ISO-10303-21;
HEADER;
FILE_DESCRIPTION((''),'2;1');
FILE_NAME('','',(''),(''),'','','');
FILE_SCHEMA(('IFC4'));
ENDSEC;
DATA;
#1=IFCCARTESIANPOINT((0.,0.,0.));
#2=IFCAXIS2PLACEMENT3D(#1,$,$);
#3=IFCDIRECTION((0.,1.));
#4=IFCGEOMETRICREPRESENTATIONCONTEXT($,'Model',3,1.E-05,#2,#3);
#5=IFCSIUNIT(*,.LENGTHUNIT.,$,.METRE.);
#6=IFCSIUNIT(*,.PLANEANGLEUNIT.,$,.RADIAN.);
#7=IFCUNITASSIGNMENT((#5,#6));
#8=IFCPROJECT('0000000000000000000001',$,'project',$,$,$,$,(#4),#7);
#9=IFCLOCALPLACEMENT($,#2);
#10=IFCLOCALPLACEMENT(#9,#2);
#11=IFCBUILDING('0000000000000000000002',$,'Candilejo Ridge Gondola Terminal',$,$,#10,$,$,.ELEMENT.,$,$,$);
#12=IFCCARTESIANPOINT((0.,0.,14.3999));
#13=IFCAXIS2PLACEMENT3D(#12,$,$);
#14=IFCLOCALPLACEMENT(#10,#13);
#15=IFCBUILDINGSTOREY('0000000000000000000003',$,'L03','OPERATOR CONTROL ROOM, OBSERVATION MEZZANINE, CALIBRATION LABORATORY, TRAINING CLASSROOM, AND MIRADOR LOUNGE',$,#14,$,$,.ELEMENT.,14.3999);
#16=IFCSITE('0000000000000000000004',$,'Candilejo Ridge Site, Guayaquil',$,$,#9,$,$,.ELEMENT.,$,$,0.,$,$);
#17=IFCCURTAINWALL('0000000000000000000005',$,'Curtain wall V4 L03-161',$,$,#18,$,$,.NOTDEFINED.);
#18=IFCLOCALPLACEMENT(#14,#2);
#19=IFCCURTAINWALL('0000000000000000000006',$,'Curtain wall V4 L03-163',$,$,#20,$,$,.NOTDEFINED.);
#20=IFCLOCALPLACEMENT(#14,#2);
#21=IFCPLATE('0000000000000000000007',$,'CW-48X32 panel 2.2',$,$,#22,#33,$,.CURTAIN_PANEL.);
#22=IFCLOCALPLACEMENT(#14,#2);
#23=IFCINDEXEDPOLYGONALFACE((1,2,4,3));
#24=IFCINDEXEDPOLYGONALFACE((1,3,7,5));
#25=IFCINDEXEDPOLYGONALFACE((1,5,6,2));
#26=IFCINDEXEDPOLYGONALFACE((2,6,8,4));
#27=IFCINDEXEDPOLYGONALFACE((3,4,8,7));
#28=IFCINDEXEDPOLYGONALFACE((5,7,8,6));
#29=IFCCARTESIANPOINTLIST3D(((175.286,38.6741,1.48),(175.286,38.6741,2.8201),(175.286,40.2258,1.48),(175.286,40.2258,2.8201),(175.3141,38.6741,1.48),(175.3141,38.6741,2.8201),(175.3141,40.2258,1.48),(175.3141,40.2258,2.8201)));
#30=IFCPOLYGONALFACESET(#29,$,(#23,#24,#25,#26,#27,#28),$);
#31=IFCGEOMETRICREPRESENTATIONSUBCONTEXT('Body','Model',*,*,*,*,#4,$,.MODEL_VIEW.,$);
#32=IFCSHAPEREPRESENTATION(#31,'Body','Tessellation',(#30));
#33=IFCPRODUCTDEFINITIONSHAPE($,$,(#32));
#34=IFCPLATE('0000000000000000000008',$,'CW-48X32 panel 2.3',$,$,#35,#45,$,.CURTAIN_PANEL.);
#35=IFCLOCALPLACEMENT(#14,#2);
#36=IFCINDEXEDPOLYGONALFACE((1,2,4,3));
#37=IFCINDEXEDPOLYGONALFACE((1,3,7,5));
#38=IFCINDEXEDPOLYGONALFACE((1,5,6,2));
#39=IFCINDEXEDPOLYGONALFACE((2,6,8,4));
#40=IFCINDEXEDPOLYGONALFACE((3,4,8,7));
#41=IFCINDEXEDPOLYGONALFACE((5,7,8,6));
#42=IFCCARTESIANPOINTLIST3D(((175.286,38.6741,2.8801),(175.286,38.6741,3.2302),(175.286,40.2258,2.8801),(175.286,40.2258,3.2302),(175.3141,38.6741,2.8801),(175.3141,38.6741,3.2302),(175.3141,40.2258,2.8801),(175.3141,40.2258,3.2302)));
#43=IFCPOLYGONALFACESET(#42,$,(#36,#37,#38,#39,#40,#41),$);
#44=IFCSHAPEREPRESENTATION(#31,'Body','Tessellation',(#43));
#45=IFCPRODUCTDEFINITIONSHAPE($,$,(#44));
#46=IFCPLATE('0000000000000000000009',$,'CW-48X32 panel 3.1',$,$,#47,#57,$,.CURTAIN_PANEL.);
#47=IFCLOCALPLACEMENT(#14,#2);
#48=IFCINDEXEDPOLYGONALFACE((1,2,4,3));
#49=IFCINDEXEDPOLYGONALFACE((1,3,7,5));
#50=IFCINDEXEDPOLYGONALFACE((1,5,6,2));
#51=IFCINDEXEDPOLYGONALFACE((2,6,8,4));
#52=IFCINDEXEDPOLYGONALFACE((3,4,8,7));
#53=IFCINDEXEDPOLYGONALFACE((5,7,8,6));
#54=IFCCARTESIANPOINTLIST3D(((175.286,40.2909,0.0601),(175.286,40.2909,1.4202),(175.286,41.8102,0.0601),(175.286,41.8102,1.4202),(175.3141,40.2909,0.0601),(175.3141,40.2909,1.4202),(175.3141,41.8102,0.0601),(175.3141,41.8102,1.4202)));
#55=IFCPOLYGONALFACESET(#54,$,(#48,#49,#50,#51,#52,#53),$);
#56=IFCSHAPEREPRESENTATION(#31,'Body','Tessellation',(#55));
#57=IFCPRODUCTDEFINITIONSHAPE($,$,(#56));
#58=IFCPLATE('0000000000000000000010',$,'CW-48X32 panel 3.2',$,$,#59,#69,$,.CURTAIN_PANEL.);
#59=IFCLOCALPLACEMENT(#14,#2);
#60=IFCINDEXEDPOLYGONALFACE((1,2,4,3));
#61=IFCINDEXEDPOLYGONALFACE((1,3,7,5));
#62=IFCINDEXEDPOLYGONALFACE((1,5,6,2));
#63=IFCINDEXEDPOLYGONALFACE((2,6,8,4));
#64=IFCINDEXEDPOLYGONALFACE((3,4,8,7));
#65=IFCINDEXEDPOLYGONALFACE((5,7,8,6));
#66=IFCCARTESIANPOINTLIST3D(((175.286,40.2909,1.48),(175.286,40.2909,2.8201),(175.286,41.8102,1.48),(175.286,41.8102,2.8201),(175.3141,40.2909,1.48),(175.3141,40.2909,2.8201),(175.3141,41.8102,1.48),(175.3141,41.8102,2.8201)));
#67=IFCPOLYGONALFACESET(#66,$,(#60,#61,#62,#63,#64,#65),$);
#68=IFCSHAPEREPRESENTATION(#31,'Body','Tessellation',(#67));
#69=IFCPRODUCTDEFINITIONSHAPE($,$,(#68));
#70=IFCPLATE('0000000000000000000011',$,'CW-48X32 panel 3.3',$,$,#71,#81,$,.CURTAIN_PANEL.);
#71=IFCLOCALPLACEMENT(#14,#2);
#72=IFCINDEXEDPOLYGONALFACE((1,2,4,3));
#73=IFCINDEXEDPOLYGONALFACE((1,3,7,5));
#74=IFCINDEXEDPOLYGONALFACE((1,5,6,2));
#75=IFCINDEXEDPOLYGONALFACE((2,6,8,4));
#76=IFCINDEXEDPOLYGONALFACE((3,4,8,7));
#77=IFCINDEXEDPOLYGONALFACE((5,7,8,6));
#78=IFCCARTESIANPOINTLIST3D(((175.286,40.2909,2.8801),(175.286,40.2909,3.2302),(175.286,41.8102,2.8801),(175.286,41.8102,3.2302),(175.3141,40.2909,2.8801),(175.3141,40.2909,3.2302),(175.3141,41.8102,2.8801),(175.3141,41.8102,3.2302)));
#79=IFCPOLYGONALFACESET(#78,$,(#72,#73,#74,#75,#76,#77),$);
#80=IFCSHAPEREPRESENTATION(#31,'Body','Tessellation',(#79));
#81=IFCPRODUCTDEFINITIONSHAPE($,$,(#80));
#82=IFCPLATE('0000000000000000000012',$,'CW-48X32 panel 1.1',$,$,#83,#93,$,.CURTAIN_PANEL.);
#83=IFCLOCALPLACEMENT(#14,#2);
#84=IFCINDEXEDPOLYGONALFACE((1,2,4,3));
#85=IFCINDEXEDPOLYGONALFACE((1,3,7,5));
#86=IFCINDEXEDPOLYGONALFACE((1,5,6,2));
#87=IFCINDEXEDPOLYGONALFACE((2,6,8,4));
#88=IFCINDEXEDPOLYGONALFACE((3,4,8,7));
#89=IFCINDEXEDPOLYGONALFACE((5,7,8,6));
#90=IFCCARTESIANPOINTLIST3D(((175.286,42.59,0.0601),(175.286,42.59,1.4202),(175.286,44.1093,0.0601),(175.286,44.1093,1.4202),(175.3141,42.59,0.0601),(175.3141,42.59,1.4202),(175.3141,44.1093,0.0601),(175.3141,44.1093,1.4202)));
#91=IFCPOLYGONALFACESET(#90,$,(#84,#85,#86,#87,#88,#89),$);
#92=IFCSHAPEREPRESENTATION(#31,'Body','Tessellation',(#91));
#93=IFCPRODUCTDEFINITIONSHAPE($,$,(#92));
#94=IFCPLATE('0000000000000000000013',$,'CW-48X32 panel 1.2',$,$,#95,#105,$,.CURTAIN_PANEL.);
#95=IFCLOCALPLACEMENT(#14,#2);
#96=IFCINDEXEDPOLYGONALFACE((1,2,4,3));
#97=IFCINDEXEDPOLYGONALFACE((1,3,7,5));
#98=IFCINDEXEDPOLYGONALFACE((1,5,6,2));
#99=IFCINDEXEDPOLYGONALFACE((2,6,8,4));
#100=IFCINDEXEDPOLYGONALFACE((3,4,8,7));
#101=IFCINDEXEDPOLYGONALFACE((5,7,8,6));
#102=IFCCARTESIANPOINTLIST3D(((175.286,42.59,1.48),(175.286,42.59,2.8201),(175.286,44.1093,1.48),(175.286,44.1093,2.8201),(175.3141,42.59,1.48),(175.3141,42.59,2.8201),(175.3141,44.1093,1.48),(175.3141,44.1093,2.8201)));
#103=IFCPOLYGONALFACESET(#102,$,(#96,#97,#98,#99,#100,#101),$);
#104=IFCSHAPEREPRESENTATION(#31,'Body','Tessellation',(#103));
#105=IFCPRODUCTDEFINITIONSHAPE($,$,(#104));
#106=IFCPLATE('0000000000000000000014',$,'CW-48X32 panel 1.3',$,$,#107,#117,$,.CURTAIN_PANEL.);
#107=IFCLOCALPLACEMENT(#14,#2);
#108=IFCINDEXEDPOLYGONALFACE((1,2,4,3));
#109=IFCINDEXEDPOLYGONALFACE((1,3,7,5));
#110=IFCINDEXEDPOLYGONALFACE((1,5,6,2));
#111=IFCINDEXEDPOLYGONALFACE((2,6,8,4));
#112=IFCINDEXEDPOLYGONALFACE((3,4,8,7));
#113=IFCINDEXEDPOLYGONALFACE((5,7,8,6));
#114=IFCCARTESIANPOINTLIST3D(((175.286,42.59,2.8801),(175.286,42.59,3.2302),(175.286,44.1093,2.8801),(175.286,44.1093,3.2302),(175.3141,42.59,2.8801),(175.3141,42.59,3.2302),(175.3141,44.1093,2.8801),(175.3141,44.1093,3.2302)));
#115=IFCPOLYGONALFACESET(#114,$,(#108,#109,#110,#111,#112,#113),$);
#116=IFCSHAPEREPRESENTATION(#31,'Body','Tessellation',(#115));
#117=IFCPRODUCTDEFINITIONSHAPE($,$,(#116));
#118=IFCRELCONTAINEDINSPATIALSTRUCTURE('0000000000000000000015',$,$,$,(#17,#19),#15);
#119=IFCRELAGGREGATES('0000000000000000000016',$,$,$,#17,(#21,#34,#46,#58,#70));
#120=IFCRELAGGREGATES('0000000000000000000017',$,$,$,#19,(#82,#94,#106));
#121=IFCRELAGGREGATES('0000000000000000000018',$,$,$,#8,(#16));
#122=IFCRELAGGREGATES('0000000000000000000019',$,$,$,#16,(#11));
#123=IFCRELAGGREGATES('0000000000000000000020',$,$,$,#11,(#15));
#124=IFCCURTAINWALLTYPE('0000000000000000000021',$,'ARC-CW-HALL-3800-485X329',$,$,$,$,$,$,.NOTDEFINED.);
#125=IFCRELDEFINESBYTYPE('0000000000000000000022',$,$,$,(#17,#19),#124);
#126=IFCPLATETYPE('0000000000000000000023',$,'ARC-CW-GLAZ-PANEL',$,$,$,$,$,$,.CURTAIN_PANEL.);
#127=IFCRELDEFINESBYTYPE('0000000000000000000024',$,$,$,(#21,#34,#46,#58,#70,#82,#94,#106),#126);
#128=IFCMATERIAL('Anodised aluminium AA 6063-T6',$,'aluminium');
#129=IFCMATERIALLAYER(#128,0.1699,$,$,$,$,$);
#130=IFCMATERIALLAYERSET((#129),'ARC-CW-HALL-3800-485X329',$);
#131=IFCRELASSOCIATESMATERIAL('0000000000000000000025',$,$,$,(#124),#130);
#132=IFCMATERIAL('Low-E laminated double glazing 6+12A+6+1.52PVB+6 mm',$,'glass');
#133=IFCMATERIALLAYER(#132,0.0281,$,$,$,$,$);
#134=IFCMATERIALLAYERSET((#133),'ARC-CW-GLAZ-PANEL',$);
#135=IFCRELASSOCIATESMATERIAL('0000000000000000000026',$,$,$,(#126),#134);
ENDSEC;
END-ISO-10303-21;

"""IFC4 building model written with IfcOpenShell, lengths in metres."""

from ifc_helpers import new_model, si_unit, direction, frame, origin, origin_2d, place, context, subcontext, project, spatial, rectangle, extrude, material, layer, layer_set, type_object, element, aggregate, save


model = new_model("IFC4")

# Units and contexts
model_context = context("Model", 3, precision=1e-05, world=origin(), true_north=direction((0.0, 1.0)))
body_context = subcontext(model_context, "Body", "Model", "MODEL_VIEW")
ifc_project = project(units=[si_unit("LENGTHUNIT", "METRE"), si_unit("PLANEANGLEUNIT", "RADIAN")], contexts=[model_context])

# Site, building, storey
site_placement = place(None, origin())
site = spatial("IfcSite", under=ifc_project, at=site_placement, Name="Candilejo Ridge Site, Guayaquil", CompositionType="ELEMENT", RefElevation=0.0)
building_placement = place(site_placement, origin())
building = spatial("IfcBuilding", under=site, at=building_placement, Name="Candilejo Ridge Gondola Terminal", CompositionType="ELEMENT")
storey_placement = place(building_placement, frame((0.0, 0.0, 14.3999)))
storey = spatial("IfcBuildingStorey", under=building, at=storey_placement, Name="L03", Description="OPERATOR CONTROL ROOM, OBSERVATION MEZZANINE, CALIBRATION LABORATORY, TRAINING CLASSROOM, AND MIRADOR LOUNGE", CompositionType="ELEMENT", Elevation=14.3999)

# Curtain walls
ifc_material_1 = material(Name="Anodised aluminium AA 6063-T6", Category="aluminium")
ifc_layer_1 = layer(ifc_material_1, 0.1699)
ifc_layer_set_1 = layer_set([ifc_layer_1], Name="ARC-CW-HALL-3800-485X329")
curtain_wall_type = type_object("IfcCurtainWallType", Name="ARC-CW-HALL-3800-485X329", PredefinedType="NOTDEFINED", material=ifc_layer_set_1)
curtain_wall_1_placement = place(storey_placement, origin())
curtain_wall_1 = element("IfcCurtainWall", 1, at=curtain_wall_1_placement, inside=storey, type_object=curtain_wall_type, Name="Curtain wall V4 L03-161", PredefinedType="NOTDEFINED")
curtain_wall_2_placement = place(storey_placement, origin())
curtain_wall_2 = element("IfcCurtainWall", 2, at=curtain_wall_2_placement, inside=storey, type_object=curtain_wall_type, Name="Curtain wall V4 L03-163", PredefinedType="NOTDEFINED")

# Plates
ifc_material_2 = material(Name="Low-E laminated double glazing 6+12A+6+1.52PVB+6 mm", Category="glass")
ifc_layer_2 = layer(ifc_material_2, 0.0281)
ifc_layer_set_2 = layer_set([ifc_layer_2], Name="ARC-CW-GLAZ-PANEL")
plate_type = type_object("IfcPlateType", Name="ARC-CW-GLAZ-PANEL", PredefinedType="CURTAIN_PANEL", material=ifc_layer_set_2)
plate_1_placement = place(storey_placement, frame((175.3, 39.45, 1.48), z_axis=(0.0, 0.0, 1.0), x_axis=(0.0, 1.0, 0.0)))
plate_1 = element("IfcPlate", 3, at=plate_1_placement, type_object=plate_type, Name="CW-48X32 panel 2.2", PredefinedType="CURTAIN_PANEL", context=body_context, shape_type="SweptSolid", body=[
    extrude(rectangle(XDim=1.5518, YDim=0.0281, at=origin_2d()), origin(), (0.0, 0.0, 1.0), 1.3401),
])
plate_2_placement = place(storey_placement, frame((175.3, 39.45, 2.8801), z_axis=(0.0, 0.0, 1.0), x_axis=(0.0, 1.0, 0.0)))
plate_2 = element("IfcPlate", 4, at=plate_2_placement, type_object=plate_type, Name="CW-48X32 panel 2.3", PredefinedType="CURTAIN_PANEL", context=body_context, shape_type="SweptSolid", body=[
    extrude(rectangle(XDim=1.5518, YDim=0.0281, at=origin_2d()), origin(), (0.0, 0.0, 1.0), 0.3501),
])
plate_3_placement = place(storey_placement, frame((175.3, 41.0505, 0.0601), z_axis=(0.0, 0.0, 1.0), x_axis=(0.0, 1.0, 0.0)))
plate_3 = element("IfcPlate", 5, at=plate_3_placement, type_object=plate_type, Name="CW-48X32 panel 3.1", PredefinedType="CURTAIN_PANEL", context=body_context, shape_type="SweptSolid", body=[
    extrude(rectangle(XDim=1.5193, YDim=0.0281, at=origin_2d()), origin(), (0.0, 0.0, 1.0), 1.3601),
])
plate_4_placement = place(storey_placement, frame((175.3, 41.0505, 1.48), z_axis=(0.0, 0.0, 1.0), x_axis=(0.0, 1.0, 0.0)))
plate_4 = element("IfcPlate", 6, at=plate_4_placement, type_object=plate_type, Name="CW-48X32 panel 3.2", PredefinedType="CURTAIN_PANEL", context=body_context, shape_type="SweptSolid", body=[
    extrude(rectangle(XDim=1.5193, YDim=0.0281, at=origin_2d()), origin(), (0.0, 0.0, 1.0), 1.3401),
])
plate_5_placement = place(storey_placement, frame((175.3, 41.0505, 2.8801), z_axis=(0.0, 0.0, 1.0), x_axis=(0.0, 1.0, 0.0)))
plate_5 = element("IfcPlate", 7, at=plate_5_placement, type_object=plate_type, Name="CW-48X32 panel 3.3", PredefinedType="CURTAIN_PANEL", context=body_context, shape_type="SweptSolid", body=[
    extrude(rectangle(XDim=1.5193, YDim=0.0281, at=origin_2d()), origin(), (0.0, 0.0, 1.0), 0.3501),
])
aggregate(curtain_wall_1, [plate_1, plate_2, plate_3, plate_4, plate_5])
plate_6_placement = place(storey_placement, frame((175.3, 43.3496, 0.0601), z_axis=(0.0, 0.0, 1.0), x_axis=(0.0, 1.0, 0.0)))
plate_6 = element("IfcPlate", 8, at=plate_6_placement, type_object=plate_type, Name="CW-48X32 panel 1.1", PredefinedType="CURTAIN_PANEL", context=body_context, shape_type="SweptSolid", body=[
    extrude(rectangle(XDim=1.5193, YDim=0.0281, at=origin_2d()), origin(), (0.0, 0.0, 1.0), 1.3601),
])
plate_7_placement = place(storey_placement, frame((175.3, 43.3496, 1.48), z_axis=(0.0, 0.0, 1.0), x_axis=(0.0, 1.0, 0.0)))
plate_7 = element("IfcPlate", 9, at=plate_7_placement, type_object=plate_type, Name="CW-48X32 panel 1.2", PredefinedType="CURTAIN_PANEL", context=body_context, shape_type="SweptSolid", body=[
    extrude(rectangle(XDim=1.5193, YDim=0.0281, at=origin_2d()), origin(), (0.0, 0.0, 1.0), 1.3401),
])
plate_8_placement = place(storey_placement, frame((175.3, 43.3496, 2.8801), z_axis=(0.0, 0.0, 1.0), x_axis=(0.0, 1.0, 0.0)))
plate_8 = element("IfcPlate", 10, at=plate_8_placement, type_object=plate_type, Name="CW-48X32 panel 1.3", PredefinedType="CURTAIN_PANEL", context=body_context, shape_type="SweptSolid", body=[
    extrude(rectangle(XDim=1.5193, YDim=0.0281, at=origin_2d()), origin(), (0.0, 0.0, 1.0), 0.3501),
])
aggregate(curtain_wall_2, [plate_6, plate_7, plate_8])

save(model, "model.ifc")
